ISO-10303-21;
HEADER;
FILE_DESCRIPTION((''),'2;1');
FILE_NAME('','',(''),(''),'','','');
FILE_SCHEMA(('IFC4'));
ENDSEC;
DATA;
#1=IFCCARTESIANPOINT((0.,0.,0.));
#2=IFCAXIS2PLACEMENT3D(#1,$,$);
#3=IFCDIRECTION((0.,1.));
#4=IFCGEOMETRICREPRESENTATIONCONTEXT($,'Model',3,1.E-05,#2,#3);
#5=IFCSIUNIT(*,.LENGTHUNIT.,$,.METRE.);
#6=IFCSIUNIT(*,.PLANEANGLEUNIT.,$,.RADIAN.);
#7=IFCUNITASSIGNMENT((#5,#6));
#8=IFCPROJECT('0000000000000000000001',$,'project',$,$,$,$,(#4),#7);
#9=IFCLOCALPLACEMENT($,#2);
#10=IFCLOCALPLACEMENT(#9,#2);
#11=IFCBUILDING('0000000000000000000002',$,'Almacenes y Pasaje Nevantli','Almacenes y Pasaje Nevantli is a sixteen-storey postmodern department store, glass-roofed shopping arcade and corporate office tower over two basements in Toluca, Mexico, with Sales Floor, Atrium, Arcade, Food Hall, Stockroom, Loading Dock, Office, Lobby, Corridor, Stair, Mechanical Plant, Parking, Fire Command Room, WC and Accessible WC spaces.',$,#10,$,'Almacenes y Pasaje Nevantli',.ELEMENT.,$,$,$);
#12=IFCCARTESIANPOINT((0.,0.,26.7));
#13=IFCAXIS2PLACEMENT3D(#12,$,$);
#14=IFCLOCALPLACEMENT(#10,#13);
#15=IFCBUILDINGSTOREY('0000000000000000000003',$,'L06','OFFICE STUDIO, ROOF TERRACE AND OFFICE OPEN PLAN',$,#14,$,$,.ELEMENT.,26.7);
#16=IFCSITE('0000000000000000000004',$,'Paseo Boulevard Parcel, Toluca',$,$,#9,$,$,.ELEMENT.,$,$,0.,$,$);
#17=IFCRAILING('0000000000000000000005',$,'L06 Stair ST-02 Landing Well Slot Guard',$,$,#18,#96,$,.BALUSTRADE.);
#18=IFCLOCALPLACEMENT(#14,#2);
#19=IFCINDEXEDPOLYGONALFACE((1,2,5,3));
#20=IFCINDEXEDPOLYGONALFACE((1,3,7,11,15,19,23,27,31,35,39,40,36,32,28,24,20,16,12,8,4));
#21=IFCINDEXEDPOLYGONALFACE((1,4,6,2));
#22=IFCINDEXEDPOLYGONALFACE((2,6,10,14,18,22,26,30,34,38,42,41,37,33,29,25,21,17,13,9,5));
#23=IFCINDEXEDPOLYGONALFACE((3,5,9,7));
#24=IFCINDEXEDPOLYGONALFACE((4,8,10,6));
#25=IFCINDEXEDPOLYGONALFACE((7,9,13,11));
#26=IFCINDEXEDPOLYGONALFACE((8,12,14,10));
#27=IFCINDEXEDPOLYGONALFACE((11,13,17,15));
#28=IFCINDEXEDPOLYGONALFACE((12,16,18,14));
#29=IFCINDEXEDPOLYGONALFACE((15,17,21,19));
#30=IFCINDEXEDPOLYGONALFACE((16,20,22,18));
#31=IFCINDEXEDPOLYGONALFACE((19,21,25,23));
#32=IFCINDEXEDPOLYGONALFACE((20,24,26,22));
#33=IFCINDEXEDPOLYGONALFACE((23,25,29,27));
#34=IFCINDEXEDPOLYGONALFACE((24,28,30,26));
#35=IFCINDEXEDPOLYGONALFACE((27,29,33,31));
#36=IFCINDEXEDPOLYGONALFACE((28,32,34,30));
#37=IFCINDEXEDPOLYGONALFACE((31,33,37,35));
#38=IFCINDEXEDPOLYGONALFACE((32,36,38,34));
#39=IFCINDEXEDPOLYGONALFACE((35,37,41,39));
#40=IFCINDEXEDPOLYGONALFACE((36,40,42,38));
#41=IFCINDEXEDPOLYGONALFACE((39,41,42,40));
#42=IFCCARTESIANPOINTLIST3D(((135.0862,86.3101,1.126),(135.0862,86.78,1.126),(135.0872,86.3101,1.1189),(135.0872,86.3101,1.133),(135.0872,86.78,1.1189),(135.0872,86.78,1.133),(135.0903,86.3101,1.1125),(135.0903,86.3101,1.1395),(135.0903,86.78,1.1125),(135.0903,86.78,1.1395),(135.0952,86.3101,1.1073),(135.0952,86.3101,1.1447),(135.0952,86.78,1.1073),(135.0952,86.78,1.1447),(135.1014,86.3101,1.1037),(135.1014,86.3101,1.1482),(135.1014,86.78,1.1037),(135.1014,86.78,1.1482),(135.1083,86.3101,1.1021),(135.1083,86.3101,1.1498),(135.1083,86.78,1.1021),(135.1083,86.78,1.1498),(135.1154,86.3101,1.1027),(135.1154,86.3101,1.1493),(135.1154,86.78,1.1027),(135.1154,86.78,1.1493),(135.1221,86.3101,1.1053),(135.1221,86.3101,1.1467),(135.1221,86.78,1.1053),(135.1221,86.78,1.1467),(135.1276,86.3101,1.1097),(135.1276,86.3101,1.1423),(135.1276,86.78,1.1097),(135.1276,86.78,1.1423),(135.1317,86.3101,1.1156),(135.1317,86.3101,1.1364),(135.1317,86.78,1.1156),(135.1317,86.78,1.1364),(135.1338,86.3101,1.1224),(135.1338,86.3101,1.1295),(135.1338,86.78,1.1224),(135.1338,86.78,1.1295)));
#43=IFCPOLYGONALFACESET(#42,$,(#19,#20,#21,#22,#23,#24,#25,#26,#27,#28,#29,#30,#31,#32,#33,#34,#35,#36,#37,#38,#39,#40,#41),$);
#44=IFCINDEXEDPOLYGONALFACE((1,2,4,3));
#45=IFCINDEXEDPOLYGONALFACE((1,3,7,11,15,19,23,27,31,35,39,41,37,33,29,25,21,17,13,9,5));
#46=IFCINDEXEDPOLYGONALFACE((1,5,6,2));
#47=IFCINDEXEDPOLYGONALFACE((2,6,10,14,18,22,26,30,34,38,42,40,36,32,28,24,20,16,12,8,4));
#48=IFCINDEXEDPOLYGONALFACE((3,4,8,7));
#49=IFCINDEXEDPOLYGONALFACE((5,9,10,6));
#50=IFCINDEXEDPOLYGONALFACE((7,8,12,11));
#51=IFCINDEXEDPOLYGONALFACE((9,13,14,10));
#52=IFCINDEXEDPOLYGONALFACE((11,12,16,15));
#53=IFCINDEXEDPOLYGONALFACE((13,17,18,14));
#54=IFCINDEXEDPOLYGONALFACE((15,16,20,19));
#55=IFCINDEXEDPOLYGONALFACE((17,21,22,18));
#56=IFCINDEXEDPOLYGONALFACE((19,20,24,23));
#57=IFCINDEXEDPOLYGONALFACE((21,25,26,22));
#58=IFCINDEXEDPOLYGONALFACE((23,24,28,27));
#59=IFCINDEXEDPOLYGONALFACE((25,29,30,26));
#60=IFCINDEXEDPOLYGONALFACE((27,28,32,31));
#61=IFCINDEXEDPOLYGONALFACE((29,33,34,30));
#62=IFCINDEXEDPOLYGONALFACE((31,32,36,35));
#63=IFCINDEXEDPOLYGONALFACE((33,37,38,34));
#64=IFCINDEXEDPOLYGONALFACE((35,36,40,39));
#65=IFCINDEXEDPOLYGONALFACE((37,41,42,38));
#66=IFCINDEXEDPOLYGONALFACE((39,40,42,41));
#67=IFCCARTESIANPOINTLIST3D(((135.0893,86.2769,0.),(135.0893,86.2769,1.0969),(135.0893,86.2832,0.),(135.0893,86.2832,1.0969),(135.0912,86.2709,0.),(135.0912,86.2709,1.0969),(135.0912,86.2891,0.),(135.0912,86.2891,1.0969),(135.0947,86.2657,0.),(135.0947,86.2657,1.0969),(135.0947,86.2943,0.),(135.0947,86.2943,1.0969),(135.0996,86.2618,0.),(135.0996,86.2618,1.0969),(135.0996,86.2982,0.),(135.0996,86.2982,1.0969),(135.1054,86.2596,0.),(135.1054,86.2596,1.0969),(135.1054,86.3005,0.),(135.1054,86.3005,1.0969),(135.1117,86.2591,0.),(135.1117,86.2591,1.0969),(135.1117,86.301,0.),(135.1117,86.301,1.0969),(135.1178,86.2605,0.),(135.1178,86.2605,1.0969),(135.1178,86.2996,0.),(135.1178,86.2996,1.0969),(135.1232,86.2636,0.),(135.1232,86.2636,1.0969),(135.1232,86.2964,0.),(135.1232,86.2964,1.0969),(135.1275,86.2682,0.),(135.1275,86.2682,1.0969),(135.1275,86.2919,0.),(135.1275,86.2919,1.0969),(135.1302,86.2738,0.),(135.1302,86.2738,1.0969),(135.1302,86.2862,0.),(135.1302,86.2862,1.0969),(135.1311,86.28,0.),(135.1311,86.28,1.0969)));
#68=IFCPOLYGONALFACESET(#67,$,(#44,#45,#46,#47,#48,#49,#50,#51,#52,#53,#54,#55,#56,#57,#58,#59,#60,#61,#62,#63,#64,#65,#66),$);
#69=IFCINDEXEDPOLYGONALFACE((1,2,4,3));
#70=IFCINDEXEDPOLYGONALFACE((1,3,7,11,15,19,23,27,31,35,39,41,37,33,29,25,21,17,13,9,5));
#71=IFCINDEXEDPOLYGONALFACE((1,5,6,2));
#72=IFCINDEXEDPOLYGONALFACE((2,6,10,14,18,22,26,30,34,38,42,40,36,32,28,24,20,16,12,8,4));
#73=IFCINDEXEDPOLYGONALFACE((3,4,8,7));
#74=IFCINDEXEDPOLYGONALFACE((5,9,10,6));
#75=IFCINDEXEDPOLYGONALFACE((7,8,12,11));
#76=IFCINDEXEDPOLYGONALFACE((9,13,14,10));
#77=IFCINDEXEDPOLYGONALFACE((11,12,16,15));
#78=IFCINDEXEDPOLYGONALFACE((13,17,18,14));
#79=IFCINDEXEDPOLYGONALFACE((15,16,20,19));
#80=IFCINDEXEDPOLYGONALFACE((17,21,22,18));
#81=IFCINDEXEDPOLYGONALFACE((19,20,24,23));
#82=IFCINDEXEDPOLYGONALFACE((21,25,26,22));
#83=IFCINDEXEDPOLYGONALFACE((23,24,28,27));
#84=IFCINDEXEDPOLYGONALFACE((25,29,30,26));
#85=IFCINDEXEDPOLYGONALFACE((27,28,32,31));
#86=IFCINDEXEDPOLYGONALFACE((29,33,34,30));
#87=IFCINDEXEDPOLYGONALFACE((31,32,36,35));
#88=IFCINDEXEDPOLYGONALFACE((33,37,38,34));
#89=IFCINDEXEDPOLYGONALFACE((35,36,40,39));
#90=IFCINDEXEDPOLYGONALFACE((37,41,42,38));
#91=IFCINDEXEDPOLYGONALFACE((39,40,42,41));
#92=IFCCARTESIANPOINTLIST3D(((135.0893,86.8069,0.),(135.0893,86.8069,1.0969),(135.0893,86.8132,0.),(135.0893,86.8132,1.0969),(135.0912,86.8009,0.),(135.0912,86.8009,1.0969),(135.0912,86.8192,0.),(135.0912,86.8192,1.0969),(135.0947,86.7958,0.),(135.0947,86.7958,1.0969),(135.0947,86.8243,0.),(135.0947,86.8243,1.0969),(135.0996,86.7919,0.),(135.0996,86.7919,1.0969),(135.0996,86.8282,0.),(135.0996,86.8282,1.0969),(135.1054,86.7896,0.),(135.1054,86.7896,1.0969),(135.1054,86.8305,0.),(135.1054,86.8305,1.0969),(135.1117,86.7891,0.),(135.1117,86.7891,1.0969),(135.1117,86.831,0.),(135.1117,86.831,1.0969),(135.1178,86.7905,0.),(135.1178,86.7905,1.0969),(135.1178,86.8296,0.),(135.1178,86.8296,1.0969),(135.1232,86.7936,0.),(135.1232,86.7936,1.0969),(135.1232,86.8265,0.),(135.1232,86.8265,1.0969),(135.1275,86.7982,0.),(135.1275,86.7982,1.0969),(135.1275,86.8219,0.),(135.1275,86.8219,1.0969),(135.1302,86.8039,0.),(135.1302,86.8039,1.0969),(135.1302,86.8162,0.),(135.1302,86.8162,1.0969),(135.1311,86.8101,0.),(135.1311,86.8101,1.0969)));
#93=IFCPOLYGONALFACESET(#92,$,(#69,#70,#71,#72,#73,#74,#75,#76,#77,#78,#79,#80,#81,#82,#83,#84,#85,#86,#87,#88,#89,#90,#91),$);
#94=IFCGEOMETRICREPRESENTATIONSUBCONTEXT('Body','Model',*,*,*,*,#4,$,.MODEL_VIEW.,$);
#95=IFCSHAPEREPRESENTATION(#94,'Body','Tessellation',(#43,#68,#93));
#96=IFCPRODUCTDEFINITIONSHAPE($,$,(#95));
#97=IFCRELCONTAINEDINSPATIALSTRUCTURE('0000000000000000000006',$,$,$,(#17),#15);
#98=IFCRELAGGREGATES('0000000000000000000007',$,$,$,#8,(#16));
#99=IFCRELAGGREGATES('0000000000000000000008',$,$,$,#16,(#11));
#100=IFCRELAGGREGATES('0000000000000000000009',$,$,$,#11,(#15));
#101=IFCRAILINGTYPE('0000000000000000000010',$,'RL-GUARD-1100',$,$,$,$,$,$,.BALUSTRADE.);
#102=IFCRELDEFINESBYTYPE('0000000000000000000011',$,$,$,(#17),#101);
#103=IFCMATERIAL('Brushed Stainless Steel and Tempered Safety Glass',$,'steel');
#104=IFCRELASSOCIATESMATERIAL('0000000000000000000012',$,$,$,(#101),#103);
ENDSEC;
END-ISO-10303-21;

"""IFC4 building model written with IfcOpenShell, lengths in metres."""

from ifc_helpers import new_model, si_unit, direction, frame, origin, origin_2d, place, context, subcontext, project, spatial, circle, extrude, material, type_object, element, save


model = new_model("IFC4")

# Units and contexts
model_context = context("Model", 3, precision=1e-05, world=origin(), true_north=direction((0.0, 1.0)))
body_context = subcontext(model_context, "Body", "Model", "MODEL_VIEW")
ifc_project = project(units=[si_unit("LENGTHUNIT", "METRE"), si_unit("PLANEANGLEUNIT", "RADIAN")], contexts=[model_context])

# Site, building, storey
site_placement = place(None, origin())
site = spatial("IfcSite", under=ifc_project, at=site_placement, Name="Paseo Boulevard Parcel, Toluca", CompositionType="ELEMENT", RefElevation=0.0)
building_placement = place(site_placement, origin())
building = spatial("IfcBuilding", under=site, at=building_placement, Name="Almacenes y Pasaje Nevantli", Description="Almacenes y Pasaje Nevantli is a sixteen-storey postmodern department store, glass-roofed shopping arcade and corporate office tower over two basements in Toluca, Mexico, with Sales Floor, Atrium, Arcade, Food Hall, Stockroom, Loading Dock, Office, Lobby, Corridor, Stair, Mechanical Plant, Parking, Fire Command Room, WC and Accessible WC spaces.", LongName="Almacenes y Pasaje Nevantli", CompositionType="ELEMENT")
storey_placement = place(building_placement, frame((0.0, 0.0, 26.7)))
storey = spatial("IfcBuildingStorey", under=building, at=storey_placement, Name="L06", Description="OFFICE STUDIO, ROOF TERRACE AND OFFICE OPEN PLAN", CompositionType="ELEMENT", Elevation=26.7)

# Railing
ifc_material_1 = material(Name="Brushed Stainless Steel and Tempered Safety Glass", Category="steel")
railing_type_1 = type_object("IfcRailingType", Name="RL-GUARD-1100", PredefinedType="BALUSTRADE", material=ifc_material_1)
railing_1_placement = place(storey_placement, frame((135.1101, 86.28, 0.0)))
element("IfcRailing", 1, at=railing_1_placement, inside=storey, type_object=railing_type_1, Name="L06 Stair ST-02 Landing Well Slot Guard", PredefinedType="BALUSTRADE", context=body_context, shape_type="SweptSolid", body=[
    extrude(circle(Radius=0.0239, at=origin_2d()), frame((0.0, 0.03, 1.126), z_axis=(0.0, 1.0, 0.0), x_axis=(-1.0, 0.0, 0.0)), (0.0, 0.0, 1.0), 0.47),
    extrude(circle(Radius=0.021, at=origin_2d()), origin(), (0.0, 0.0, 1.0), 1.0969),
    extrude(circle(Radius=0.021, at=origin_2d()), frame((0.0, 0.53, 0.0)), (0.0, 0.0, 1.0), 1.0969),
])

save(model, "model.ifc")
